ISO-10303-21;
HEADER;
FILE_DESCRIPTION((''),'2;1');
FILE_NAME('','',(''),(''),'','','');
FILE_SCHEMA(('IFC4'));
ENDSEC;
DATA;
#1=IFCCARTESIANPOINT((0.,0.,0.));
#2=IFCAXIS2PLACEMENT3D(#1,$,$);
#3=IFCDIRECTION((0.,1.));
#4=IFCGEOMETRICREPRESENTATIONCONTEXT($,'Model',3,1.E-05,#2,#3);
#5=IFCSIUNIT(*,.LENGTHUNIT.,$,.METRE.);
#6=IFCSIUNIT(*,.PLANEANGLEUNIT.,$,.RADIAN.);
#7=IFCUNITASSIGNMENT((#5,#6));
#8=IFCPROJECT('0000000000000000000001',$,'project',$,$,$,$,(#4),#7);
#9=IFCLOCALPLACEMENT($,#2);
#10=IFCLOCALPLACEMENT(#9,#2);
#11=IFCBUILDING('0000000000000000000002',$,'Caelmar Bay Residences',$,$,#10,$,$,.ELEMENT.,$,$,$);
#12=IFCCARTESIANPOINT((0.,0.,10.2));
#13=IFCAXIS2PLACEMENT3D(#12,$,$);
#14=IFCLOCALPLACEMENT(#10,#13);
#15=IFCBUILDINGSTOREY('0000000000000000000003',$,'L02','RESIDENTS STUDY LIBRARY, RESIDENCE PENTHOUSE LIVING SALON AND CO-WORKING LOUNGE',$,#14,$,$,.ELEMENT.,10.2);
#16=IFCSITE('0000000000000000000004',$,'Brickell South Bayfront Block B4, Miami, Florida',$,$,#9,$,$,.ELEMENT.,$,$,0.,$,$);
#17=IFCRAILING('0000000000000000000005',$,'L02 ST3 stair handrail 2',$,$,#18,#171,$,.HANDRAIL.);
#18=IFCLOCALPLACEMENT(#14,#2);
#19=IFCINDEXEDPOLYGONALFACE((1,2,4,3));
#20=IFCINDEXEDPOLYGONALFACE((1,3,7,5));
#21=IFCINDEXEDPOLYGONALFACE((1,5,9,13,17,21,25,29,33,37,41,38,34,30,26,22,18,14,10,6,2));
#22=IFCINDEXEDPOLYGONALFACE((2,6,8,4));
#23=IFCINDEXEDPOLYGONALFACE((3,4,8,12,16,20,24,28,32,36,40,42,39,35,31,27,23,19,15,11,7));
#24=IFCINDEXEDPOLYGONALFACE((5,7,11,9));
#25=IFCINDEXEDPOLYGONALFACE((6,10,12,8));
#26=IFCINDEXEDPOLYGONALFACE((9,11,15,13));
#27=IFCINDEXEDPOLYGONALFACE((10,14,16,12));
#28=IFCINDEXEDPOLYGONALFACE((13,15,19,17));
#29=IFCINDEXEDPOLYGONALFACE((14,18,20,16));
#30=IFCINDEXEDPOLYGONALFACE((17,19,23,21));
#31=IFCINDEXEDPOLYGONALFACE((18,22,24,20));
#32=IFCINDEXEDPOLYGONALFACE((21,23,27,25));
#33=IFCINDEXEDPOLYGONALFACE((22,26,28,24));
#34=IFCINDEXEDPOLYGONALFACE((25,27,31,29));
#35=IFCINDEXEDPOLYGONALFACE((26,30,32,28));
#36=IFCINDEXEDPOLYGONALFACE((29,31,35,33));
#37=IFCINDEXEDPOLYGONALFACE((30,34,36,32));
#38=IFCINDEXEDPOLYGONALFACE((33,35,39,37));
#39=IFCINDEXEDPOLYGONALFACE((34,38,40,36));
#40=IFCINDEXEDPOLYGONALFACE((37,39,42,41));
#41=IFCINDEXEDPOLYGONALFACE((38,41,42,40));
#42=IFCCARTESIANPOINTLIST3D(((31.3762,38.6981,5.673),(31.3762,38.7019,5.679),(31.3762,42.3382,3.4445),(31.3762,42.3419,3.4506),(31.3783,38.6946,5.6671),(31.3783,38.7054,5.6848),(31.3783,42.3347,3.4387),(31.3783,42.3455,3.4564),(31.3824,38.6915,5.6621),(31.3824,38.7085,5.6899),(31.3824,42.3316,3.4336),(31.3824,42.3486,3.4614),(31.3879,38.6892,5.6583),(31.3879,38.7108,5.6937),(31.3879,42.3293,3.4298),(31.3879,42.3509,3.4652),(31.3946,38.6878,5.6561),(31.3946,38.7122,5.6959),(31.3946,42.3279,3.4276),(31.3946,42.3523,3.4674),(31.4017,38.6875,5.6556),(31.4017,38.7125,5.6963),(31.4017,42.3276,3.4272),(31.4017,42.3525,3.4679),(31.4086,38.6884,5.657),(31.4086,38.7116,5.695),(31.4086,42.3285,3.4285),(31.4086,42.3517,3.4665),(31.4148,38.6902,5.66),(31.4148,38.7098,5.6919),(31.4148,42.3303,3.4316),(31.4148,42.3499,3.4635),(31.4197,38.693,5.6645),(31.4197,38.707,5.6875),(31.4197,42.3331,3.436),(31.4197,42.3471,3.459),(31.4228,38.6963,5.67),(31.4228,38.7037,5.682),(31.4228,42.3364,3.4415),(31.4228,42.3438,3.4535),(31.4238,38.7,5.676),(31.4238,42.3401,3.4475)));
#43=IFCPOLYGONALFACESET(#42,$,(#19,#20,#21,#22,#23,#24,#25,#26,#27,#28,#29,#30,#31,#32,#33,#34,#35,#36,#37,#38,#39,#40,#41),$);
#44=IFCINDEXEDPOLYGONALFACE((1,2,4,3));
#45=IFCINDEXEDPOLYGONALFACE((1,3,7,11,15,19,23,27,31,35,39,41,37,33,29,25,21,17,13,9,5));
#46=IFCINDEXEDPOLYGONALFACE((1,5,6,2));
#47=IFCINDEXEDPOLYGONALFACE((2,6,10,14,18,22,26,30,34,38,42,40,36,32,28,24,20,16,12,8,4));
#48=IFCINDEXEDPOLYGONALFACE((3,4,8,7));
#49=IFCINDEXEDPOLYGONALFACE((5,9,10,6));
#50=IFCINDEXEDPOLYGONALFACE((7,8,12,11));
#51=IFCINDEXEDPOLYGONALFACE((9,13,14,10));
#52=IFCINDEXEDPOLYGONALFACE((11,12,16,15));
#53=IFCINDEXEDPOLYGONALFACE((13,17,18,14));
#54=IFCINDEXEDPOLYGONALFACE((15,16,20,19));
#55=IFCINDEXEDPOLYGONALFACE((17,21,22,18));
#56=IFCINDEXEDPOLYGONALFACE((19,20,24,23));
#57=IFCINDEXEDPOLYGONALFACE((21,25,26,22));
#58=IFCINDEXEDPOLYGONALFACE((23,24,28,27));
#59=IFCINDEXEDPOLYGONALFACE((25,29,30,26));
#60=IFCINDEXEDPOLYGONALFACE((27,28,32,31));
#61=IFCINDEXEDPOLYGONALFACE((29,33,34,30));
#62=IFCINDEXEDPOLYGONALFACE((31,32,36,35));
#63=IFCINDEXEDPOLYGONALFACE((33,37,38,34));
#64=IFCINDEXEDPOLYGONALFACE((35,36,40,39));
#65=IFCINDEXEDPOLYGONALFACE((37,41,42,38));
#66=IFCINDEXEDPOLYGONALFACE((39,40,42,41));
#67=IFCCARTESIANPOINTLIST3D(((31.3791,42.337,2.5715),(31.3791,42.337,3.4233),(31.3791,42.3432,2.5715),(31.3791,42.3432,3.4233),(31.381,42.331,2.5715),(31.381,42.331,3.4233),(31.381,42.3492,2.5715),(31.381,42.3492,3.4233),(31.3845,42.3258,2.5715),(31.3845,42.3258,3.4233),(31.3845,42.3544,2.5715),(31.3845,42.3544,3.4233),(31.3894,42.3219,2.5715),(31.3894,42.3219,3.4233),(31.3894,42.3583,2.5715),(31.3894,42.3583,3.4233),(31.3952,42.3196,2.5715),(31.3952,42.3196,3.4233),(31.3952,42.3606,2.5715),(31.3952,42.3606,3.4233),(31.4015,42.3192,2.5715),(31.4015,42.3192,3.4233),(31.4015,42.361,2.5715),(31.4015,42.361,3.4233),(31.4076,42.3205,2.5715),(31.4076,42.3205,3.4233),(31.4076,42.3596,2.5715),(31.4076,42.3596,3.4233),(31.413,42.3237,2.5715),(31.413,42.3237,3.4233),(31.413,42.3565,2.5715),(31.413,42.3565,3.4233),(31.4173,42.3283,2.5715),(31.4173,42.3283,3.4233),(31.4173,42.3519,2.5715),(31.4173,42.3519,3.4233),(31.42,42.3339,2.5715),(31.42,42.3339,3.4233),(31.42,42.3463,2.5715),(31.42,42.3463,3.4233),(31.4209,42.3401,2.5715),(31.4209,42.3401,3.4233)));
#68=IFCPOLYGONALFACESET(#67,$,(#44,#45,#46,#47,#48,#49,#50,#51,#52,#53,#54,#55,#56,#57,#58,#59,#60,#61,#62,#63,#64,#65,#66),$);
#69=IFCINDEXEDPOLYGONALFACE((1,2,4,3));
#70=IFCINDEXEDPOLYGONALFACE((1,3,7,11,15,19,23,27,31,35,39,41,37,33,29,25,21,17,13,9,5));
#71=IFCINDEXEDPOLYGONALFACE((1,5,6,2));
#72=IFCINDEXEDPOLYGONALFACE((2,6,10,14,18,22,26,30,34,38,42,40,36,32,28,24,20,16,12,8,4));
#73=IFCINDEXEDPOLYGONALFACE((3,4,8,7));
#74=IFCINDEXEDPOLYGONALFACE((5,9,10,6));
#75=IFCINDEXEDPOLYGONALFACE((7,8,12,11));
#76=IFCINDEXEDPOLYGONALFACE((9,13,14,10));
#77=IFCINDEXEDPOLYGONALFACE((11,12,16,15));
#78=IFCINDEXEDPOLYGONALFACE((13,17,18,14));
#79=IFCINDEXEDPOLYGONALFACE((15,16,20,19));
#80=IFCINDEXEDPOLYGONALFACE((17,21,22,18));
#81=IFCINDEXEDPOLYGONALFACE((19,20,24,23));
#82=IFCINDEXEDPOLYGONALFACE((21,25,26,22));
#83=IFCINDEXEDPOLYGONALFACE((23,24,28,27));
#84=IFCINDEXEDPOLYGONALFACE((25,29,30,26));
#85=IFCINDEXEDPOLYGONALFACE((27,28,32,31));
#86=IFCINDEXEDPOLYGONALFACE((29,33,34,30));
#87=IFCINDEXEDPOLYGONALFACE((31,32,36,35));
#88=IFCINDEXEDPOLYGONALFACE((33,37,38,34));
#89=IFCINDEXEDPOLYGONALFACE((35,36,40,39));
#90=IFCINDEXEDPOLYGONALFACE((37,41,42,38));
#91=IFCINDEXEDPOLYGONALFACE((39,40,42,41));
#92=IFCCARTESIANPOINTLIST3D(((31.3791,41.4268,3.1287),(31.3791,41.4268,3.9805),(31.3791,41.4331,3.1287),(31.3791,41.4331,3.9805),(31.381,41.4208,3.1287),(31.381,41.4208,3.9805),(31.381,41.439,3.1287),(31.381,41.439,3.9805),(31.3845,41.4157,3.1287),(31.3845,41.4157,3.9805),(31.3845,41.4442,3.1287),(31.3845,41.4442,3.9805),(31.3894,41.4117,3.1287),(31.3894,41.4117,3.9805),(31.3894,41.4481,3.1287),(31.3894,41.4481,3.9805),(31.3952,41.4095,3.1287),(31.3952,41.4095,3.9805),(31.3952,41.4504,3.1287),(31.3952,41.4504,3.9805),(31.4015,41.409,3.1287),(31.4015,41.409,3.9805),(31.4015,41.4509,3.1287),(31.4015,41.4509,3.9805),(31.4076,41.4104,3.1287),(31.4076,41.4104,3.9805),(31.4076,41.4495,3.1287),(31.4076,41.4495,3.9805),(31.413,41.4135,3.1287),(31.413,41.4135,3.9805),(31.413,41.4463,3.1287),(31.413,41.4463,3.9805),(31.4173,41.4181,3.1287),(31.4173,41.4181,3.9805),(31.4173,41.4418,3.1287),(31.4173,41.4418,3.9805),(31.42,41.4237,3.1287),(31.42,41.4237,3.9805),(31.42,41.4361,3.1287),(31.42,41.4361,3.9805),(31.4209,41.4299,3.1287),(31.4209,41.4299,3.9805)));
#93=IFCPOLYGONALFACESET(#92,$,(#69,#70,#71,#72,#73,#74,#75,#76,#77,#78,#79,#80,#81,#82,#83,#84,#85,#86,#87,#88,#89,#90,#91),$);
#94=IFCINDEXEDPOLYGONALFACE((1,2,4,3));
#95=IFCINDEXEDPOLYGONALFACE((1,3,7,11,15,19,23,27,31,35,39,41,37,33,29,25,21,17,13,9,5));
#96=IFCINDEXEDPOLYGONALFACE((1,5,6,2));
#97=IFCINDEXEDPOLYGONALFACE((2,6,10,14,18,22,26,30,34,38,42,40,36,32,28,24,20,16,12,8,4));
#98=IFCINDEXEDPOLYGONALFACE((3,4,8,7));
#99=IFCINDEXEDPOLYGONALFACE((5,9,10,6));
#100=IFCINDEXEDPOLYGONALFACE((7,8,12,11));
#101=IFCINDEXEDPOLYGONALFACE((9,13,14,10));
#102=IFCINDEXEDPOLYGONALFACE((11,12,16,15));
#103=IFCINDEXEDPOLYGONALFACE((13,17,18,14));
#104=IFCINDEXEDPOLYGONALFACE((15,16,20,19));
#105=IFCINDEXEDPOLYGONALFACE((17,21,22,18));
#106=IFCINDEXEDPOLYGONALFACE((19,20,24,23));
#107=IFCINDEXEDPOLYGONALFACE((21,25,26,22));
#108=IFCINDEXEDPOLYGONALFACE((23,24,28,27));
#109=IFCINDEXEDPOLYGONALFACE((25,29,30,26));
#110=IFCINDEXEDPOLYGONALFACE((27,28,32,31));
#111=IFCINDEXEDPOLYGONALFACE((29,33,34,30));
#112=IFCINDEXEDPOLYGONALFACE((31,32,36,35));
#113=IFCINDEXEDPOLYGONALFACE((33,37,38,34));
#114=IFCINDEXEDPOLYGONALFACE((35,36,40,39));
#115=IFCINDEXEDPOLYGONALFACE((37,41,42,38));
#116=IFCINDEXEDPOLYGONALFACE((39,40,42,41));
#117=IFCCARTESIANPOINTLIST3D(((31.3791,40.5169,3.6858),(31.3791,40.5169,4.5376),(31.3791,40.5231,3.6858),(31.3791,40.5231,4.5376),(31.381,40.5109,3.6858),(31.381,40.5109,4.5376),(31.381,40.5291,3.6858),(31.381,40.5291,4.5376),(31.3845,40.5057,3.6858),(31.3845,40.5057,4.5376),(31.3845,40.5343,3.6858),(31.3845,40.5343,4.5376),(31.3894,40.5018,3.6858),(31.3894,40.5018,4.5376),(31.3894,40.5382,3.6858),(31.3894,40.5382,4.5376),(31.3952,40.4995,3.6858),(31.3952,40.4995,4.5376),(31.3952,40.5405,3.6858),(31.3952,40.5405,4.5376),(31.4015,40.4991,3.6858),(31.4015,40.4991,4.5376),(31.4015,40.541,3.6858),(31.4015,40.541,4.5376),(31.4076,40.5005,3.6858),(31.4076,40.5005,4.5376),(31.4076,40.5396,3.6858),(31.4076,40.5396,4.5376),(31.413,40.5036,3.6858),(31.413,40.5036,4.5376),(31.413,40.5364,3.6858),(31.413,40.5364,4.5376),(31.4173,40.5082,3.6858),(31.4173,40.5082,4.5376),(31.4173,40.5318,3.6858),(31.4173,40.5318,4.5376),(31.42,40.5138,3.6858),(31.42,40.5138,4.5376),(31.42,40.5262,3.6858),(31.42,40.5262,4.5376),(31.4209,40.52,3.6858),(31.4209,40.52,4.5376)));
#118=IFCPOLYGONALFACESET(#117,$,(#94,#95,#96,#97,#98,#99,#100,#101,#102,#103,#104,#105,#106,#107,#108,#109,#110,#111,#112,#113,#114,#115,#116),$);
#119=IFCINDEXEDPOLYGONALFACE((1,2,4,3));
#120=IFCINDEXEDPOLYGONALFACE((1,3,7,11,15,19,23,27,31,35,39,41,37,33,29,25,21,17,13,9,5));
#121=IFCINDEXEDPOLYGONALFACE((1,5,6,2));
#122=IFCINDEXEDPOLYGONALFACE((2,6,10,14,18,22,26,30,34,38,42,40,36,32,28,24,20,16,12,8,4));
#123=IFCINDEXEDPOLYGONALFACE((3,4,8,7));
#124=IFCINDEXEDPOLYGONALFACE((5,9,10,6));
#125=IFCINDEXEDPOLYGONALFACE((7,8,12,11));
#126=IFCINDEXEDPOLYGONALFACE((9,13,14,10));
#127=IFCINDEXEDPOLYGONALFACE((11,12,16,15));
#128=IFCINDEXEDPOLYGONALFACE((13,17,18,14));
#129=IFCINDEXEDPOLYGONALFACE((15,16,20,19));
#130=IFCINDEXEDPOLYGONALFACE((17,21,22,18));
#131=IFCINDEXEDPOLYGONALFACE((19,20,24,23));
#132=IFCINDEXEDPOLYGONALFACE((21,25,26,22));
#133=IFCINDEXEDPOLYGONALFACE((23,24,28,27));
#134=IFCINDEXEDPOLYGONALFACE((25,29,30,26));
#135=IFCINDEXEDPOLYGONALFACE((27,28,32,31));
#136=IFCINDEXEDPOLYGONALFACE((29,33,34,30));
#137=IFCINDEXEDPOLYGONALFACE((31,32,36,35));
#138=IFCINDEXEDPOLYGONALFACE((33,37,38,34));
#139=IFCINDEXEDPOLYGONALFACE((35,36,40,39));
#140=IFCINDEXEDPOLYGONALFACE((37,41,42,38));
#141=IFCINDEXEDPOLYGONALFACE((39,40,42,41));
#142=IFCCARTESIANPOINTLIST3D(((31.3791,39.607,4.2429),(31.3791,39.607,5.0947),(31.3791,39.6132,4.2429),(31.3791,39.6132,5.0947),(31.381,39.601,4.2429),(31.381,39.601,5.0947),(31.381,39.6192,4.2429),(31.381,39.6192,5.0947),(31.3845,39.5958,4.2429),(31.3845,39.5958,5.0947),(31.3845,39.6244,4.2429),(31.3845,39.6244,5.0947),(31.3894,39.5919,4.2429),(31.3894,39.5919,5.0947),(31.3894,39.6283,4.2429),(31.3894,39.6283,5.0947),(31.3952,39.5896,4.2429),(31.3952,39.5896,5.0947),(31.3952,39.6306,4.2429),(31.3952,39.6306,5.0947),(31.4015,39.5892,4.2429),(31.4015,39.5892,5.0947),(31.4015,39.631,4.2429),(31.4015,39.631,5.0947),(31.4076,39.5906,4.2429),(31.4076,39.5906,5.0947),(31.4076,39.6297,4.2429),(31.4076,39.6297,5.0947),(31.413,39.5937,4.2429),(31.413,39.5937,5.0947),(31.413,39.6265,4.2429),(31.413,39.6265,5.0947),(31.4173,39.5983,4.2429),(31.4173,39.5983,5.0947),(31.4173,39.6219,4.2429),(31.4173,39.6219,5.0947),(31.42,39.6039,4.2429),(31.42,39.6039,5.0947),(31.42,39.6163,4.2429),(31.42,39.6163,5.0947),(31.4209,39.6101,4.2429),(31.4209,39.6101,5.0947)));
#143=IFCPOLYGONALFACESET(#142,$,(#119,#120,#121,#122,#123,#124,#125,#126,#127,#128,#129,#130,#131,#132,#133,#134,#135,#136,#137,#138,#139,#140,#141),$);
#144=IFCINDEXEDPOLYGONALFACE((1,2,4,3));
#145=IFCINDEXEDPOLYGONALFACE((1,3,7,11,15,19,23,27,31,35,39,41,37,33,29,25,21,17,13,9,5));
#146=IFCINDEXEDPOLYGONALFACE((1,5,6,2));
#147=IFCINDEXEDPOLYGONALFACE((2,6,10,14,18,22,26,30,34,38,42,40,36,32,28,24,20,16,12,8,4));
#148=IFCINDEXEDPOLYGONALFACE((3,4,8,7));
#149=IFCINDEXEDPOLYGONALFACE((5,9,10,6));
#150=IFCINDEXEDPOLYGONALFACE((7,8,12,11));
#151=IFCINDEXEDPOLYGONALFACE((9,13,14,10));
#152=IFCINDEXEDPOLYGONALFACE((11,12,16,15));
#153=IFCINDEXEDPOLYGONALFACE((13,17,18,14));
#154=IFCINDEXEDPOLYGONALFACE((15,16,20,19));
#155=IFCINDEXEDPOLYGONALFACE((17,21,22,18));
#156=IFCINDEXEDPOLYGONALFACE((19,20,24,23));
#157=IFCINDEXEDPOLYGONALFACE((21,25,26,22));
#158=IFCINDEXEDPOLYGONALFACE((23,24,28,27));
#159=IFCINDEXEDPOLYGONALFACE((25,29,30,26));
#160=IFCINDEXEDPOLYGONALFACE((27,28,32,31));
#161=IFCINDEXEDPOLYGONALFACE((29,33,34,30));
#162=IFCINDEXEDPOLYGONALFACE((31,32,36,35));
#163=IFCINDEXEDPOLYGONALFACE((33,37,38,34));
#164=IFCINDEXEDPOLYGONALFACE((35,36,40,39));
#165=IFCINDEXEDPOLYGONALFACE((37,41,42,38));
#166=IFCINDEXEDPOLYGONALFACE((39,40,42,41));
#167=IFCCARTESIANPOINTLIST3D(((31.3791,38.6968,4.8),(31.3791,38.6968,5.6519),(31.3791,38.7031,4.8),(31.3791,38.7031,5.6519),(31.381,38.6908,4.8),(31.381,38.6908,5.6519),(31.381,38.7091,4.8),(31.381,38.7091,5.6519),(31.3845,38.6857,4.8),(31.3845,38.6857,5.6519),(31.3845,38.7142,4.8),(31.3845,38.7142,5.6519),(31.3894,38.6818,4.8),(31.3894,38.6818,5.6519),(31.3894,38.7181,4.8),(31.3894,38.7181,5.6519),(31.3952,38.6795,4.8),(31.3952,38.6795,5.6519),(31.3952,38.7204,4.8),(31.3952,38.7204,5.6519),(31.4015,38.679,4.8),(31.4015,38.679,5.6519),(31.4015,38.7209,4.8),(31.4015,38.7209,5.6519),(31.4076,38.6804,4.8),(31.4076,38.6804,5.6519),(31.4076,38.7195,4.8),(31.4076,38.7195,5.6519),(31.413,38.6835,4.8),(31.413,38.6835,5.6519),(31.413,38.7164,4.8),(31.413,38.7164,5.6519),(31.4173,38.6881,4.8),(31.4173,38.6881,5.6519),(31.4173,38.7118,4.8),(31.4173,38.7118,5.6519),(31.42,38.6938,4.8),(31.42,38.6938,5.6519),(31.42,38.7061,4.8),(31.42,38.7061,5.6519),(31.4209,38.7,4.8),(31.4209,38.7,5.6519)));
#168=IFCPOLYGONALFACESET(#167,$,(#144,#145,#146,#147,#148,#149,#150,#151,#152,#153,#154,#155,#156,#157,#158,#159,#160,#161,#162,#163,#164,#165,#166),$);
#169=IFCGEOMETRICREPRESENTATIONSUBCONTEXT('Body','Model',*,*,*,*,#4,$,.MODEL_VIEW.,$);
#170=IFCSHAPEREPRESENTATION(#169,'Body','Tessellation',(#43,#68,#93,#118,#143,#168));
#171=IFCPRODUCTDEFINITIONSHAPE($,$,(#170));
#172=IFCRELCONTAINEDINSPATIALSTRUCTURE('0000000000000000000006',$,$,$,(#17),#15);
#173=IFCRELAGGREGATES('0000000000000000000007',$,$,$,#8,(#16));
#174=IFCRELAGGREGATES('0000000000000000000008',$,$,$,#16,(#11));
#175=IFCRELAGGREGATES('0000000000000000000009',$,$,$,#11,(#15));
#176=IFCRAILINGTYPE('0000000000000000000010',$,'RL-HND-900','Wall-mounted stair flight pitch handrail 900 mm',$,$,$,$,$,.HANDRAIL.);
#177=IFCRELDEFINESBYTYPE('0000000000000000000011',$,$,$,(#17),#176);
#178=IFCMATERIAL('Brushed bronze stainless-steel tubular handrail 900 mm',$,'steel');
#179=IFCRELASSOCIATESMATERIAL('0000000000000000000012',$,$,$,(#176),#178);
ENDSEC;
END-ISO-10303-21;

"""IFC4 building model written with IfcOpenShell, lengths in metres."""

from ifc_helpers import new_model, si_unit, direction, frame, origin, origin_2d, place, context, subcontext, project, spatial, circle, extrude, material, type_object, element, save


model = new_model("IFC4")

# Units and contexts
model_context = context("Model", 3, precision=1e-05, world=origin(), true_north=direction((0.0, 1.0)))
body_context = subcontext(model_context, "Body", "Model", "MODEL_VIEW")
ifc_project = project(units=[si_unit("LENGTHUNIT", "METRE"), si_unit("PLANEANGLEUNIT", "RADIAN")], contexts=[model_context])

# Site, building, storey
site_placement = place(None, origin())
site = spatial("IfcSite", under=ifc_project, at=site_placement, Name="Brickell South Bayfront Block B4, Miami, Florida", CompositionType="ELEMENT", RefElevation=0.0)
building_placement = place(site_placement, origin())
building = spatial("IfcBuilding", under=site, at=building_placement, Name="Caelmar Bay Residences", CompositionType="ELEMENT")
storey_placement = place(building_placement, frame((0.0, 0.0, 10.2)))
storey = spatial("IfcBuildingStorey", under=building, at=storey_placement, Name="L02", Description="RESIDENTS STUDY LIBRARY, RESIDENCE PENTHOUSE LIVING SALON AND CO-WORKING LOUNGE", CompositionType="ELEMENT", Elevation=10.2)

# Railing
ifc_material_1 = material(Name="Brushed bronze stainless-steel tubular handrail 900 mm", Category="steel")
railing_type_1 = type_object("IfcRailingType", Name="RL-HND-900", Description="Wall-mounted stair flight pitch handrail 900 mm", PredefinedType="HANDRAIL", material=ifc_material_1)
railing_1_placement = place(storey_placement, frame((31.3999, 42.3401, 2.5715)))
element("IfcRailing", 1, at=railing_1_placement, inside=storey, type_object=railing_type_1, Name="L02 ST3 stair handrail 2", PredefinedType="HANDRAIL", context=body_context, shape_type="SweptSolid", body=[
    extrude(circle(Radius=0.0239, at=origin_2d()), frame((0.0, 0.0, 0.876), z_axis=(0.0, -0.852866, 0.52213), x_axis=(1.0, 0.0, 0.0)), (0.0, 0.0, 1.0), 4.2681),
    extrude(circle(Radius=0.021, at=origin_2d()), origin(), (0.0, 0.0, 1.0), 0.8518),
    extrude(circle(Radius=0.021, at=origin_2d()), frame((0.0, -0.9102, 0.5571)), (0.0, 0.0, 1.0), 0.8518),
    extrude(circle(Radius=0.021, at=origin_2d()), frame((0.0, -1.8201, 1.1143)), (0.0, 0.0, 1.0), 0.8518),
    extrude(circle(Radius=0.021, at=origin_2d()), frame((0.0, -2.73, 1.6714)), (0.0, 0.0, 1.0), 0.8518),
    extrude(circle(Radius=0.021, at=origin_2d()), frame((0.0, -3.6401, 2.2285)), (0.0, 0.0, 1.0), 0.8518),
])

save(model, "model.ifc")
